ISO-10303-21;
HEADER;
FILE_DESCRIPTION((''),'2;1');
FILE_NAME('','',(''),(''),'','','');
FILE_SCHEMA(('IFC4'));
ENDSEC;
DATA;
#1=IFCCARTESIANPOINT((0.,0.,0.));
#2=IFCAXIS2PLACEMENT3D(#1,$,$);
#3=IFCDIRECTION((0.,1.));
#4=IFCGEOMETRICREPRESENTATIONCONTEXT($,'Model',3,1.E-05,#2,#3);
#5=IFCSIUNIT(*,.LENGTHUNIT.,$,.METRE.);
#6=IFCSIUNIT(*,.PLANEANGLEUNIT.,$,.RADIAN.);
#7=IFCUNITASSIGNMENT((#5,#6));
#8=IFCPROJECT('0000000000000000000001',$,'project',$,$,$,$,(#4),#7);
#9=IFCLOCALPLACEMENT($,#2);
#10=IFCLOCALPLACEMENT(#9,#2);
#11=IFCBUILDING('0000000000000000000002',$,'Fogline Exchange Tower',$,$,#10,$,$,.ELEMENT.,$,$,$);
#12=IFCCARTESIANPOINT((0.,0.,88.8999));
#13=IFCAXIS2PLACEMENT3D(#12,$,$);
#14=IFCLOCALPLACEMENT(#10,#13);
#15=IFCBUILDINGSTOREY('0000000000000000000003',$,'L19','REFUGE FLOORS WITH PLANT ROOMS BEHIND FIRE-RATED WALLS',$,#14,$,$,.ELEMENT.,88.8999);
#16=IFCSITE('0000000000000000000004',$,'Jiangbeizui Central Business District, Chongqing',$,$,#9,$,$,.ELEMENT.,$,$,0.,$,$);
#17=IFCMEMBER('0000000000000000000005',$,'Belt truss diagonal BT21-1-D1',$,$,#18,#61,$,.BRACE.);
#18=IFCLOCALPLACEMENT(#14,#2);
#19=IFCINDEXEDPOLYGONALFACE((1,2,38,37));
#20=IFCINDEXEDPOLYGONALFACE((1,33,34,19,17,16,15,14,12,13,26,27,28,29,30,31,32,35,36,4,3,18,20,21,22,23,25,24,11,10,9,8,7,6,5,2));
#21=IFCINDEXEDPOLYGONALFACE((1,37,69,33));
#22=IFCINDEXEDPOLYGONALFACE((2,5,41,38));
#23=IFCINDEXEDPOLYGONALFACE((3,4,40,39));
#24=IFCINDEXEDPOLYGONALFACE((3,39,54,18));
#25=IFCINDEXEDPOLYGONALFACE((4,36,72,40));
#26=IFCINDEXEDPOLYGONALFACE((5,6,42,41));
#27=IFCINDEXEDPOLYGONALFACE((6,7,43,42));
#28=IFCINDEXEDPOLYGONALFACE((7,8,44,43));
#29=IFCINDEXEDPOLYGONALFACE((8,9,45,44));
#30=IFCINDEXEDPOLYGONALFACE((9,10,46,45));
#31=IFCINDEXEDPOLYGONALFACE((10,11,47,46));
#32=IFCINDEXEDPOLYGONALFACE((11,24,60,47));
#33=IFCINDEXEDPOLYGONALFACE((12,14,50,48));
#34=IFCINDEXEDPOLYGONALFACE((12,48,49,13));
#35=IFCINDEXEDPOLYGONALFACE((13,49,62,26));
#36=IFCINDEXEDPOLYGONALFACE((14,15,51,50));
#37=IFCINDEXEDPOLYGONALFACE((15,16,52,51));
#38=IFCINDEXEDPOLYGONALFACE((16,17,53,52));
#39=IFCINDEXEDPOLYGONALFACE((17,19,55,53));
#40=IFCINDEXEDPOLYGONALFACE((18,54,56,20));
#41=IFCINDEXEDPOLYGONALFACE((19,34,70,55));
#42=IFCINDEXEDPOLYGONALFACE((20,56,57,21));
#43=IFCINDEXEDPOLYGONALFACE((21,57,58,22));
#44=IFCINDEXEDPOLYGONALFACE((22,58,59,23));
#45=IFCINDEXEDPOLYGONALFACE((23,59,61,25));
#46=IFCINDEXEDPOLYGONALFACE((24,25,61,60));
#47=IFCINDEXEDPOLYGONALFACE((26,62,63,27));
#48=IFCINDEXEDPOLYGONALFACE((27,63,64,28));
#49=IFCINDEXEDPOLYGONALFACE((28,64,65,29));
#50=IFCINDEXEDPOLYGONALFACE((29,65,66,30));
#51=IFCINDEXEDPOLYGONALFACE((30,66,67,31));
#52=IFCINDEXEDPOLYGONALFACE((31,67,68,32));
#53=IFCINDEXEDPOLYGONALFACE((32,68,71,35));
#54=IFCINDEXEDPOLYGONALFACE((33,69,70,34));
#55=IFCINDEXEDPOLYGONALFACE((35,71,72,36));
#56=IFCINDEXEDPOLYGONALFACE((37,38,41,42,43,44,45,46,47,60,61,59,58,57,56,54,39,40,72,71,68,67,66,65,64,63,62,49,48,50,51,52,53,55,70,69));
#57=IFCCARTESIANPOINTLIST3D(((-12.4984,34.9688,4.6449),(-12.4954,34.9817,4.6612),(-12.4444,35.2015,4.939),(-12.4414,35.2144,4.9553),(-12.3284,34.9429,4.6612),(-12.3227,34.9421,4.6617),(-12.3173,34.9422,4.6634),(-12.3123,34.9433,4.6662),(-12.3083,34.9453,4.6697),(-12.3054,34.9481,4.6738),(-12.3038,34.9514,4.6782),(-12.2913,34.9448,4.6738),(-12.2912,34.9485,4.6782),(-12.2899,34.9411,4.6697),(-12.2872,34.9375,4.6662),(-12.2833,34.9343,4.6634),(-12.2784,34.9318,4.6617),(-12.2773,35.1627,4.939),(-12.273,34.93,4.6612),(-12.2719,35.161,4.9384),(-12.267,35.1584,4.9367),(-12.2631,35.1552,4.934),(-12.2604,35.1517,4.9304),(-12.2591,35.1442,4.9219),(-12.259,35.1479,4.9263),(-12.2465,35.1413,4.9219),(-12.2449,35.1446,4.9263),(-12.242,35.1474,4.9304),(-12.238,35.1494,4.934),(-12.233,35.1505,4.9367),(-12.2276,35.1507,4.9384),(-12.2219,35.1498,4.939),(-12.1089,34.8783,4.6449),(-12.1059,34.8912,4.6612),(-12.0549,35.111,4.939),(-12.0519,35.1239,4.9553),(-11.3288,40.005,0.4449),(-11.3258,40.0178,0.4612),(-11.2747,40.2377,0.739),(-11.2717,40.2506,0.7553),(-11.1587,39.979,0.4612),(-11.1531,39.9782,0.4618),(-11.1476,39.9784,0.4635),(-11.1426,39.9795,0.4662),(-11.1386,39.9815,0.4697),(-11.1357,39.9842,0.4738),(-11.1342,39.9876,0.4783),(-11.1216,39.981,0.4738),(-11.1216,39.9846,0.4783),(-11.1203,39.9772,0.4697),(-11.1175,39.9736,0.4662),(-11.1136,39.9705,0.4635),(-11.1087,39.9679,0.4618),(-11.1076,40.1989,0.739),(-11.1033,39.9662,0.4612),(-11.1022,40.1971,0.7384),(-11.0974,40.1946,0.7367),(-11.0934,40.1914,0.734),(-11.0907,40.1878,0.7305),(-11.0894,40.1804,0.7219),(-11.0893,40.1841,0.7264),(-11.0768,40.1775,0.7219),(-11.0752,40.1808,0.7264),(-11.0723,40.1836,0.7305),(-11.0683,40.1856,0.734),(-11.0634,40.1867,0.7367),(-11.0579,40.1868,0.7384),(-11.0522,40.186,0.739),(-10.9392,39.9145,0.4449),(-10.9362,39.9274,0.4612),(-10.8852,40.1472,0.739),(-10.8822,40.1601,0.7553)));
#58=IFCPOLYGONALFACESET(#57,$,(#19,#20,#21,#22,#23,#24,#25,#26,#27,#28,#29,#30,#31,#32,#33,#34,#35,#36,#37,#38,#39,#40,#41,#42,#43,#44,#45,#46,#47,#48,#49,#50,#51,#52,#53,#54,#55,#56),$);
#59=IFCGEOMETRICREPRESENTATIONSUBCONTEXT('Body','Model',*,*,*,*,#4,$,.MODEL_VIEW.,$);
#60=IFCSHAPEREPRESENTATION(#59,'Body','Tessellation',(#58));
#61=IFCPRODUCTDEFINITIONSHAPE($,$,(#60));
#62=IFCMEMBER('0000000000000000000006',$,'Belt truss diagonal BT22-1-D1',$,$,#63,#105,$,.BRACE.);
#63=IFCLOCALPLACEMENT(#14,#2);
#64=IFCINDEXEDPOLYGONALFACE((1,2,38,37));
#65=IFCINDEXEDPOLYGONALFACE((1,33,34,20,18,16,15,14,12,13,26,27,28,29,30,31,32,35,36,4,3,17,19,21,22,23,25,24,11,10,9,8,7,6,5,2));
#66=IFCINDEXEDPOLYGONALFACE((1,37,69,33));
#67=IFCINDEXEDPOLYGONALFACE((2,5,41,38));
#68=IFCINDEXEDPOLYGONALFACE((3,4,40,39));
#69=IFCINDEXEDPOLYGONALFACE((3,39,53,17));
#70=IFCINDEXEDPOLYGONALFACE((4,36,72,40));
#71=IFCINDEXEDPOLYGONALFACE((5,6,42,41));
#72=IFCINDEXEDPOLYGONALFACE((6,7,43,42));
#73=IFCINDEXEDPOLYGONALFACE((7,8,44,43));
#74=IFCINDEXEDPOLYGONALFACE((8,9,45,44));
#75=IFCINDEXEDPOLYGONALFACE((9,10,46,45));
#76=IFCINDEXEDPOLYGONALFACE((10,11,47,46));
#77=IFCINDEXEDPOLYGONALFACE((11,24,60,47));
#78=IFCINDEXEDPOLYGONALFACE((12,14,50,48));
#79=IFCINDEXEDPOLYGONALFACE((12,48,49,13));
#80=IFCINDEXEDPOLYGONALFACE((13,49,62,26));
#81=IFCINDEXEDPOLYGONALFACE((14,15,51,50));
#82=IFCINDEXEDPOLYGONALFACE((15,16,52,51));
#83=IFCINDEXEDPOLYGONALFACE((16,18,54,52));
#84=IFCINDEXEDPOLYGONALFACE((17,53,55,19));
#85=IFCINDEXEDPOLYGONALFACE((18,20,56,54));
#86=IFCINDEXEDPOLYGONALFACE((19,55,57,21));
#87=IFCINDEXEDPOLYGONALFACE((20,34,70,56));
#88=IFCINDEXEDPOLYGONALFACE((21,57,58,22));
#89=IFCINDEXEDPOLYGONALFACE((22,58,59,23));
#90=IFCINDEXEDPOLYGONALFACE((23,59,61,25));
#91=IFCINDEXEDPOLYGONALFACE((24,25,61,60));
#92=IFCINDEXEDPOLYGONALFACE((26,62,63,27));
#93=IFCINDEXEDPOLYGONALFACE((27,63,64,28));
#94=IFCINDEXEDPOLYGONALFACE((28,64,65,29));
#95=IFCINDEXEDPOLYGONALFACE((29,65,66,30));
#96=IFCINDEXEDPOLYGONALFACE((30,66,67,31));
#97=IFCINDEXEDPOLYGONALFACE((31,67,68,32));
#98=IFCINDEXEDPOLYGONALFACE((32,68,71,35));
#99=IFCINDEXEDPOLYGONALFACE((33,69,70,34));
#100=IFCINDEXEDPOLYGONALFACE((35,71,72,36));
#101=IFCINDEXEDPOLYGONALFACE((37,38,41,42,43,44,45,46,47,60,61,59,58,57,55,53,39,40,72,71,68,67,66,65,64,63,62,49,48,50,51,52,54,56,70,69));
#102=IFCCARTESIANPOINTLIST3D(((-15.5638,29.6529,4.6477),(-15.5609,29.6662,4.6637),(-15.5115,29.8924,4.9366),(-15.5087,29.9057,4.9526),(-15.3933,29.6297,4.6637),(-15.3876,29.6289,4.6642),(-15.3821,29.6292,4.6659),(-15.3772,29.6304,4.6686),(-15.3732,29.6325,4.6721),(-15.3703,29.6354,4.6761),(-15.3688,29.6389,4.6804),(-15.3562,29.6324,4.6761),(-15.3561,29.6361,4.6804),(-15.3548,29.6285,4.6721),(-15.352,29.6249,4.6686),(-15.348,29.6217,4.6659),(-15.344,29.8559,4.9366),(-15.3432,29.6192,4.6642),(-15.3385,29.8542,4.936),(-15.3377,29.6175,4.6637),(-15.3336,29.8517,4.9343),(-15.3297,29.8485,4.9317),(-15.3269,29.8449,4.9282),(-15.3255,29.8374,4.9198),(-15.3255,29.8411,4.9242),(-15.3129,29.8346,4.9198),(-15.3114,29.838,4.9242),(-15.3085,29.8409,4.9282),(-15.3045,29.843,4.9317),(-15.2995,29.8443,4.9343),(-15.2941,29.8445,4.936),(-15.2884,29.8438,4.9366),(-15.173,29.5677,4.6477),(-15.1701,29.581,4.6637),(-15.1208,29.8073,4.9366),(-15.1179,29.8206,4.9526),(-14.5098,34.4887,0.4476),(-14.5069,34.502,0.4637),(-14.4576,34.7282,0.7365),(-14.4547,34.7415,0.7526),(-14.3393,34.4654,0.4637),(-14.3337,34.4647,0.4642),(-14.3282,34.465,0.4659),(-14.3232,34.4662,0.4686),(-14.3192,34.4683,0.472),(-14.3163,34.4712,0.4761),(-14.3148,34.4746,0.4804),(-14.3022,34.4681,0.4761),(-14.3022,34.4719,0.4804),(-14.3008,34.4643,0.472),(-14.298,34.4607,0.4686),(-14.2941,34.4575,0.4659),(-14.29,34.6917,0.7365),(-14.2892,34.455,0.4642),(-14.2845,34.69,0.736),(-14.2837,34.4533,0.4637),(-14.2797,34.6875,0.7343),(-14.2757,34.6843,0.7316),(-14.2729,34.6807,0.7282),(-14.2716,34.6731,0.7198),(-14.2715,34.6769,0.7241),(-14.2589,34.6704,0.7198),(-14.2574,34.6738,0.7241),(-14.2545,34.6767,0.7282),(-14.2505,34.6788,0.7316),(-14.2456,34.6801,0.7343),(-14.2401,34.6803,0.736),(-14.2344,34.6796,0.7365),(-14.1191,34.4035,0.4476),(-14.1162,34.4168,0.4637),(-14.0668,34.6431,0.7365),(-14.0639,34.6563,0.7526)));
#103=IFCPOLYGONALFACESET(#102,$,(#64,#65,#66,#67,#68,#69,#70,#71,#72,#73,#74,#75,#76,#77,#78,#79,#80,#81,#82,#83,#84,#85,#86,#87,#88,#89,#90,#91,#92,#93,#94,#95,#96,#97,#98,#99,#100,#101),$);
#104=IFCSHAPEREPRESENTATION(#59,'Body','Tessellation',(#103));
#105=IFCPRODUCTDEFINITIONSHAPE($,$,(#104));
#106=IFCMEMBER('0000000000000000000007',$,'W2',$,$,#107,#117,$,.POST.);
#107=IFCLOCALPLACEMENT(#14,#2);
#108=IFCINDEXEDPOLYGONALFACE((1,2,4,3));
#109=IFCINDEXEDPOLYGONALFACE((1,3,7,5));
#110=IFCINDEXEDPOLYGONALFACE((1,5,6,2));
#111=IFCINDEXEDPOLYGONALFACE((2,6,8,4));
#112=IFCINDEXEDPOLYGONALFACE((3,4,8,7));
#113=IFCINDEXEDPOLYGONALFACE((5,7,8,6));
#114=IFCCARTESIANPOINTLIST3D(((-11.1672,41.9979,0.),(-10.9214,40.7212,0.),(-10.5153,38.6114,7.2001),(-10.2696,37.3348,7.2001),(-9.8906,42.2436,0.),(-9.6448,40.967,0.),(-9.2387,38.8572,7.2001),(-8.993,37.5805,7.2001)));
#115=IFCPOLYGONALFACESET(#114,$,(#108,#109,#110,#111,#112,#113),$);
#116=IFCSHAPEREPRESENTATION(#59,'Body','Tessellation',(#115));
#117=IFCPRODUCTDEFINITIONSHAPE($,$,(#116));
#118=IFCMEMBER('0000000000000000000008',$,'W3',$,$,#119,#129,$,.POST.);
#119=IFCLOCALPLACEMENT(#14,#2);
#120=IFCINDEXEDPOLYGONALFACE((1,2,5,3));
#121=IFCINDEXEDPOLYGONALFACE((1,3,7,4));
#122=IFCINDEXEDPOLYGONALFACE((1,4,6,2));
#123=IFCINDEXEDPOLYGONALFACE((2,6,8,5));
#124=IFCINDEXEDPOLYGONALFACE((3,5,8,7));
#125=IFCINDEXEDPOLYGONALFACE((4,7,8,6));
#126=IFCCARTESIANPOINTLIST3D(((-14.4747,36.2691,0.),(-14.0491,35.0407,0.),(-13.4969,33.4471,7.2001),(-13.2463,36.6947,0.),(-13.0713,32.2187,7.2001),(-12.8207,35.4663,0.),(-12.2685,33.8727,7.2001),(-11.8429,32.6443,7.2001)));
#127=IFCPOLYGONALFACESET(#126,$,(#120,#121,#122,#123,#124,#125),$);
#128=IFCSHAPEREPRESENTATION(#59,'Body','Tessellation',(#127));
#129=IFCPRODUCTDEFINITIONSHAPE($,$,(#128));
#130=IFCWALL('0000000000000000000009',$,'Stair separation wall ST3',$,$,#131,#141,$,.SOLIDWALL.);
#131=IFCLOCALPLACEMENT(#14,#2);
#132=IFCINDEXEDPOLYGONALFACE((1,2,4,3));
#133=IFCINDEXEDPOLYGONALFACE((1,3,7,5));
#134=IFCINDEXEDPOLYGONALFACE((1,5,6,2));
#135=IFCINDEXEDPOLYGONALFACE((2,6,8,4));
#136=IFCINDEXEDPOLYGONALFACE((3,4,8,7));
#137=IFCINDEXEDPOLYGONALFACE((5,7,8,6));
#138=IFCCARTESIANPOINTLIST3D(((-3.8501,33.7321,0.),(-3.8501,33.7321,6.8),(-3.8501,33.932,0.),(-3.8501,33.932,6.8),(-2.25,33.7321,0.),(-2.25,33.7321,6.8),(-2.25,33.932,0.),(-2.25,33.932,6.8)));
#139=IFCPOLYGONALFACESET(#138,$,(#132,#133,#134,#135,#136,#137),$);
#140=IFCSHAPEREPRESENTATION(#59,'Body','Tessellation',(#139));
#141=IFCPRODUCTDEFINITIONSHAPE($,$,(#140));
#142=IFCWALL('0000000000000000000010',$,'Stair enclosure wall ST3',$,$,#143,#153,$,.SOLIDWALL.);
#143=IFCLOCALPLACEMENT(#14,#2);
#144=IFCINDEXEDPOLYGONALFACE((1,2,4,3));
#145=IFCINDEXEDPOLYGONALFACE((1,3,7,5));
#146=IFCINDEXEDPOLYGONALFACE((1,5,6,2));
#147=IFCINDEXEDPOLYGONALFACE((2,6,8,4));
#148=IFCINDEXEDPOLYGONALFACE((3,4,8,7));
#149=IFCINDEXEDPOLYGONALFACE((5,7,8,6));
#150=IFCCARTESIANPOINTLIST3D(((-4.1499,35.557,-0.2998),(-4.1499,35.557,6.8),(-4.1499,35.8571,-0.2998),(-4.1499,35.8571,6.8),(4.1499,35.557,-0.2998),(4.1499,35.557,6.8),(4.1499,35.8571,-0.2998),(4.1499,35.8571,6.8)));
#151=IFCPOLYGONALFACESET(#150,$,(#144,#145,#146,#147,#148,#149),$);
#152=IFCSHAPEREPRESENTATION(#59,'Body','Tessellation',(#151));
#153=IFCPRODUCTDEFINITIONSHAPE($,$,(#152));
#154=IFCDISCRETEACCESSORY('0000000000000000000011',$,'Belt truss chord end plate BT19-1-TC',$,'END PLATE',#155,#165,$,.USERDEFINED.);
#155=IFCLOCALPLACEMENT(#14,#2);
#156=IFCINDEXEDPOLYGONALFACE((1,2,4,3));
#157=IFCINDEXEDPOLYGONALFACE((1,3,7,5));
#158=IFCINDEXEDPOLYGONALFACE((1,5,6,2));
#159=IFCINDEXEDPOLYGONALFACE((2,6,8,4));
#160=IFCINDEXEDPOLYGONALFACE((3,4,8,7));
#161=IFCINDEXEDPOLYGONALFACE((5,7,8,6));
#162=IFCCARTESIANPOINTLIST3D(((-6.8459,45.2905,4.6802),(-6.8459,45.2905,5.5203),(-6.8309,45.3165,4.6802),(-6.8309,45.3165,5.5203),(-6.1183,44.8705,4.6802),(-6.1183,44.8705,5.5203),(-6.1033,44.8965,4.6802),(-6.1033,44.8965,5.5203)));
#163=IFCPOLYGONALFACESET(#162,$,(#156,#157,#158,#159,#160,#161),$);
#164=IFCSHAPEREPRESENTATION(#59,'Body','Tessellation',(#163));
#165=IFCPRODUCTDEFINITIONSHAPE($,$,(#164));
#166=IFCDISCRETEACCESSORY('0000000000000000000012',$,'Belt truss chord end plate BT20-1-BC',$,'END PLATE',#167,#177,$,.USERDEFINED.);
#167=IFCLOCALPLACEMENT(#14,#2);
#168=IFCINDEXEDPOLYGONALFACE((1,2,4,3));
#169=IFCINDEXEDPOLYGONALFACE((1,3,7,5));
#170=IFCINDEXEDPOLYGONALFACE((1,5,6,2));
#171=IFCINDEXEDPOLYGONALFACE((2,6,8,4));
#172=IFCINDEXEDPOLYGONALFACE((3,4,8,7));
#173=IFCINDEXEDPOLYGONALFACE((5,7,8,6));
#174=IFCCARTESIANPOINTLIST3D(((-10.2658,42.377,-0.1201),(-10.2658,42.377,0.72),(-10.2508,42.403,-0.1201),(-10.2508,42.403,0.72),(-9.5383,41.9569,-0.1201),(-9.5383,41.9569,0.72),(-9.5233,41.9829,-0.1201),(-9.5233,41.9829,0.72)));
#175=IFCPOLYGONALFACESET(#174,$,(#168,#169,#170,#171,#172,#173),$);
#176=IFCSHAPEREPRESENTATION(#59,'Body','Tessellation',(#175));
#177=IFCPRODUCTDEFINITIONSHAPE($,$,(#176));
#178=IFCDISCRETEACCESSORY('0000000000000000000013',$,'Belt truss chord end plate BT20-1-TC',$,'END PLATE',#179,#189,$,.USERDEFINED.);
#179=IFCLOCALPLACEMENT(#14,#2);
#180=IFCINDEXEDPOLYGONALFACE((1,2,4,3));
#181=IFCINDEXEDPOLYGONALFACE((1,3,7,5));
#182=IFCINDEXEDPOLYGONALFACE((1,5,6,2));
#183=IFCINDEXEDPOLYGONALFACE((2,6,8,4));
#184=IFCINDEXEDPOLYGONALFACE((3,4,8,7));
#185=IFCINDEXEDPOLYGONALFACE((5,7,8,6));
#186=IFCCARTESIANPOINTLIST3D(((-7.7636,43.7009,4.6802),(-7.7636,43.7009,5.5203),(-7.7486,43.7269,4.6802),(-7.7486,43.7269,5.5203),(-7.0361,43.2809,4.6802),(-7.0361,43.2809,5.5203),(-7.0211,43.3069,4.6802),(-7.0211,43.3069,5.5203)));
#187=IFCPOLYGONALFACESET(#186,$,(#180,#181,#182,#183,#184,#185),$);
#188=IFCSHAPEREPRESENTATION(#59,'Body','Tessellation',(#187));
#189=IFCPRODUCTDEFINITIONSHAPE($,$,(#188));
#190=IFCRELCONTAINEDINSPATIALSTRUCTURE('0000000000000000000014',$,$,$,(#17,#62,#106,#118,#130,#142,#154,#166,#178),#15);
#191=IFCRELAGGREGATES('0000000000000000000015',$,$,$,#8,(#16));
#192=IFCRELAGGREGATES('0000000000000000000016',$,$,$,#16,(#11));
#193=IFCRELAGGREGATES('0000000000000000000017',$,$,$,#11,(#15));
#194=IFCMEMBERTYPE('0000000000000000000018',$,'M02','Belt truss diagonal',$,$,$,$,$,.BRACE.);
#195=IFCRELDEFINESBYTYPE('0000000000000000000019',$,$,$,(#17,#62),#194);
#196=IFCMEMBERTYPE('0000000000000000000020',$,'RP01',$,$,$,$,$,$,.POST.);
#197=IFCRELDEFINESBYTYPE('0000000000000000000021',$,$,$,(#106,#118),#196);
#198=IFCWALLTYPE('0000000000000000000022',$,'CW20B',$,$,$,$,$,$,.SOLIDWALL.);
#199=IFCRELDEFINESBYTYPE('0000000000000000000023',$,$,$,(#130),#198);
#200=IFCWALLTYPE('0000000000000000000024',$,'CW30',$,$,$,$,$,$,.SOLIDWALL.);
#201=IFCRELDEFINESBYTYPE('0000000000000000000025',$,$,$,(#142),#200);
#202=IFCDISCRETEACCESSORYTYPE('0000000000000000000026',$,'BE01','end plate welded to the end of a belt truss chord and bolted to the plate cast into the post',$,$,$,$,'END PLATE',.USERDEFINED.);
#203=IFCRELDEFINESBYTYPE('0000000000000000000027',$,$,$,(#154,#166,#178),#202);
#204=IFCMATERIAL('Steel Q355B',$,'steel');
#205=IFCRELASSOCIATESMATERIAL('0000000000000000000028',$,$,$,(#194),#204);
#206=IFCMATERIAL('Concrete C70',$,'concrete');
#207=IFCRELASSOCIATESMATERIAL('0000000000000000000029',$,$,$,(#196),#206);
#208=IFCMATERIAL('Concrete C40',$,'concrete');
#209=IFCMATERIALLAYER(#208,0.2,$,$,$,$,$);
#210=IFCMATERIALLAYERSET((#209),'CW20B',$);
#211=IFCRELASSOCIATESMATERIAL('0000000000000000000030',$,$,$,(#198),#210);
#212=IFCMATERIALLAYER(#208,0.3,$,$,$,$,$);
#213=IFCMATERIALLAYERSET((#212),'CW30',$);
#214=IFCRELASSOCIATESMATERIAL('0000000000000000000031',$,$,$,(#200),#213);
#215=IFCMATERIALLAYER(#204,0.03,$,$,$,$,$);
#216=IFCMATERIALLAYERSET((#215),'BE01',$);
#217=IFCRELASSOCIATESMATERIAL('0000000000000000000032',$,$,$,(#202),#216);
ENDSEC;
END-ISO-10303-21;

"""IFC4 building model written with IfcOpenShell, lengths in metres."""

from ifc_helpers import new_model, si_unit, direction, frame, frame_2d, origin, origin_2d, place, context, subcontext, project, spatial, rectangle, i_section, extrude, material, layer, layer_set, material_profile, profile_set, type_object, element, save


model = new_model("IFC4")

# Units and contexts
model_context = context("Model", 3, precision=1e-05, world=origin(), true_north=direction((0.0, 1.0)))
body_context = subcontext(model_context, "Body", "Model", "MODEL_VIEW")
ifc_project = project(units=[si_unit("LENGTHUNIT", "METRE"), si_unit("PLANEANGLEUNIT", "RADIAN")], contexts=[model_context])

# Site, building, storey
site_placement = place(None, origin())
site = spatial("IfcSite", under=ifc_project, at=site_placement, Name="Jiangbeizui Central Business District, Chongqing", CompositionType="ELEMENT", RefElevation=0.0)
building_placement = place(site_placement, origin())
building = spatial("IfcBuilding", under=site, at=building_placement, Name="Fogline Exchange Tower", CompositionType="ELEMENT")
storey_placement = place(building_placement, frame((0.0, 0.0, 88.8999)))
storey = spatial("IfcBuildingStorey", under=building, at=storey_placement, Name="L19", Description="REFUGE FLOORS WITH PLANT ROOMS BEHIND FIRE-RATED WALLS", CompositionType="ELEMENT", Elevation=88.8999)

# Shared definitions
ifc_material_1 = material(Name="Concrete C40", Category="concrete")

# Members
ifc_material_2 = material(Name="Steel Q355B", Category="steel")
ifc_material_profile_1 = material_profile(ifc_material_2, i_section(OverallWidth=0.3999, OverallDepth=0.3999, WebThickness=0.0129, FlangeThickness=0.021, FilletRadius=0.022, at=origin_2d()), Name="HW400X400X13X21")
ifc_profile_set_1 = profile_set([ifc_material_profile_1], Name="Steel Q355B")
member_type_1 = type_object("IfcMemberType", Name="M02", Description="Belt truss diagonal", PredefinedType="BRACE", material=ifc_profile_set_1)
member_1_placement = place(storey_placement, frame((-11.1055, 40.0825, 0.6001), z_axis=(-0.175598, -0.75605, 0.630518), x_axis=(0.974073, -0.226235, 0.0)))
element("IfcMember", 1, at=member_1_placement, inside=storey, type_object=member_type_1, Name="Belt truss diagonal BT21-1-D1", PredefinedType="BRACE", context=body_context, shape_type="SweptSolid", body=[
    extrude(i_section(OverallWidth=0.3999, OverallDepth=0.3999, WebThickness=0.0129, FlangeThickness=0.021, FilletRadius=0.022, at=origin_2d()), origin(), (0.0, 0.0, 1.0), 6.6611),
])
member_2_placement = place(storey_placement, frame((-14.2869, 34.5725, 0.6001), z_axis=(-0.162369, -0.744973, 0.647033), x_axis=(0.977062, -0.212954, 0.0)))
element("IfcMember", 2, at=member_2_placement, inside=storey, type_object=member_type_1, Name="Belt truss diagonal BT22-1-D1", PredefinedType="BRACE", context=body_context, shape_type="SweptSolid", body=[
    extrude(i_section(OverallWidth=0.3999, OverallDepth=0.3999, WebThickness=0.0129, FlangeThickness=0.021, FilletRadius=0.022, at=origin_2d()), origin(), (0.0, 0.0, 1.0), 6.4912),
])
ifc_material_3 = material(Name="Concrete C70", Category="concrete")
ifc_material_profile_2 = material_profile(ifc_material_3, rectangle(XDim=1.3, YDim=1.3, at=origin_2d()), Name="RC 1300x1300")
ifc_profile_set_2 = profile_set([ifc_material_profile_2], Name="Concrete C70")
member_type_2 = type_object("IfcMemberType", Name="RP01", PredefinedType="POST", material=ifc_profile_set_2)
member_3_placement = place(storey_placement, frame((-10.406, 41.4824, 0.0), z_axis=(0.0, 0.0, 1.0), x_axis=(0.981974, 0.189018, 0.0)))
element("IfcMember", 3, at=member_3_placement, inside=storey, type_object=member_type_2, Name="W2", PredefinedType="POST", context=body_context, shape_type="SweptSolid", body=[
    extrude(rectangle(XDim=1.3, YDim=1.3, at=origin_2d()), origin(), (0.0, -0.431972, 0.901887), 7.9834),
])
member_4_placement = place(storey_placement, frame((-13.6477, 35.8677, 0.0), z_axis=(0.0, 0.0, 1.0), x_axis=(0.94489, 0.327389, 0.0)))
element("IfcMember", 4, at=member_4_placement, inside=storey, type_object=member_type_2, Name="W3", PredefinedType="POST", context=body_context, shape_type="SweptSolid", body=[
    extrude(rectangle(XDim=1.3, YDim=1.3, at=origin_2d()), origin(), (0.0, -0.383143, 0.923689), 7.7949),
])

# Walls
ifc_layer_1 = layer(ifc_material_1, 0.2)
ifc_layer_set_1 = layer_set([ifc_layer_1], Name="CW20B")
wall_type_1 = type_object("IfcWallType", Name="CW20B", PredefinedType="SOLIDWALL", material=ifc_layer_set_1)
wall_1_placement = place(storey_placement, frame((-3.8501, 33.832, 0.0), z_axis=(0.0, 0.0, 1.0), x_axis=(1.0, 0.0, 0.0)))
element("IfcWall", 5, at=wall_1_placement, inside=storey, type_object=wall_type_1, Name="Stair separation wall ST3", PredefinedType="SOLIDWALL", context=body_context, shape_type="SweptSolid", body=[
    extrude(rectangle(XDim=1.6001, YDim=0.2, at=frame_2d((0.8, 0.0))), origin(), (0.0, 0.0, 1.0), 6.8),
])
ifc_layer_2 = layer(ifc_material_1, 0.3)
ifc_layer_set_2 = layer_set([ifc_layer_2], Name="CW30")
wall_type_2 = type_object("IfcWallType", Name="CW30", PredefinedType="SOLIDWALL", material=ifc_layer_set_2)
wall_2_placement = place(storey_placement, frame((-4.1499, 35.707, -0.2998), z_axis=(0.0, 0.0, 1.0), x_axis=(1.0, 0.0, 0.0)))
element("IfcWall", 6, at=wall_2_placement, inside=storey, type_object=wall_type_2, Name="Stair enclosure wall ST3", PredefinedType="SOLIDWALL", context=body_context, shape_type="SweptSolid", body=[
    extrude(rectangle(XDim=8.2998, YDim=0.3, at=frame_2d((4.1499, 0.0))), origin(), (0.0, 0.0, 1.0), 7.0999),
])

# Discrete accessories
ifc_layer_3 = layer(ifc_material_2, 0.03)
ifc_layer_set_3 = layer_set([ifc_layer_3], Name="BE01")
discrete_accessory_type = type_object("IfcDiscreteAccessoryType", Name="BE01", Description="end plate welded to the end of a belt truss chord and bolted to the plate cast into the post", ElementType="END PLATE", PredefinedType="USERDEFINED", material=ifc_layer_set_3)
for number, where, z_axis, x_axis, name in (
    (7, (-6.4746, 45.0935, 4.6802), (0.0, 0.0, 1.0), (-0.5, -0.866025, 0.0), "Belt truss chord end plate BT19-1-TC"),
    (8, (-9.8945, 42.1799, -0.1201), (0.0, 0.0, 1.0), (-0.5, -0.866025, 0.0), "Belt truss chord end plate BT20-1-BC"),
    (9, (-7.3923, 43.5039, 4.6802), (0.0, 0.0, 1.0), (0.5, 0.866025, 0.0), "Belt truss chord end plate BT20-1-TC"),
):
    element("IfcDiscreteAccessory", number, at=place(storey_placement, frame(where, z_axis=z_axis, x_axis=x_axis)), inside=storey, type_object=discrete_accessory_type, Name=name, ObjectType="END PLATE", PredefinedType="USERDEFINED", context=body_context, shape_type="SweptSolid", body=[
        extrude(rectangle(XDim=0.03, YDim=0.8401, at=origin_2d()), origin(), (0.0, 0.0, 1.0), 0.8401),
    ])

save(model, "model.ifc")
